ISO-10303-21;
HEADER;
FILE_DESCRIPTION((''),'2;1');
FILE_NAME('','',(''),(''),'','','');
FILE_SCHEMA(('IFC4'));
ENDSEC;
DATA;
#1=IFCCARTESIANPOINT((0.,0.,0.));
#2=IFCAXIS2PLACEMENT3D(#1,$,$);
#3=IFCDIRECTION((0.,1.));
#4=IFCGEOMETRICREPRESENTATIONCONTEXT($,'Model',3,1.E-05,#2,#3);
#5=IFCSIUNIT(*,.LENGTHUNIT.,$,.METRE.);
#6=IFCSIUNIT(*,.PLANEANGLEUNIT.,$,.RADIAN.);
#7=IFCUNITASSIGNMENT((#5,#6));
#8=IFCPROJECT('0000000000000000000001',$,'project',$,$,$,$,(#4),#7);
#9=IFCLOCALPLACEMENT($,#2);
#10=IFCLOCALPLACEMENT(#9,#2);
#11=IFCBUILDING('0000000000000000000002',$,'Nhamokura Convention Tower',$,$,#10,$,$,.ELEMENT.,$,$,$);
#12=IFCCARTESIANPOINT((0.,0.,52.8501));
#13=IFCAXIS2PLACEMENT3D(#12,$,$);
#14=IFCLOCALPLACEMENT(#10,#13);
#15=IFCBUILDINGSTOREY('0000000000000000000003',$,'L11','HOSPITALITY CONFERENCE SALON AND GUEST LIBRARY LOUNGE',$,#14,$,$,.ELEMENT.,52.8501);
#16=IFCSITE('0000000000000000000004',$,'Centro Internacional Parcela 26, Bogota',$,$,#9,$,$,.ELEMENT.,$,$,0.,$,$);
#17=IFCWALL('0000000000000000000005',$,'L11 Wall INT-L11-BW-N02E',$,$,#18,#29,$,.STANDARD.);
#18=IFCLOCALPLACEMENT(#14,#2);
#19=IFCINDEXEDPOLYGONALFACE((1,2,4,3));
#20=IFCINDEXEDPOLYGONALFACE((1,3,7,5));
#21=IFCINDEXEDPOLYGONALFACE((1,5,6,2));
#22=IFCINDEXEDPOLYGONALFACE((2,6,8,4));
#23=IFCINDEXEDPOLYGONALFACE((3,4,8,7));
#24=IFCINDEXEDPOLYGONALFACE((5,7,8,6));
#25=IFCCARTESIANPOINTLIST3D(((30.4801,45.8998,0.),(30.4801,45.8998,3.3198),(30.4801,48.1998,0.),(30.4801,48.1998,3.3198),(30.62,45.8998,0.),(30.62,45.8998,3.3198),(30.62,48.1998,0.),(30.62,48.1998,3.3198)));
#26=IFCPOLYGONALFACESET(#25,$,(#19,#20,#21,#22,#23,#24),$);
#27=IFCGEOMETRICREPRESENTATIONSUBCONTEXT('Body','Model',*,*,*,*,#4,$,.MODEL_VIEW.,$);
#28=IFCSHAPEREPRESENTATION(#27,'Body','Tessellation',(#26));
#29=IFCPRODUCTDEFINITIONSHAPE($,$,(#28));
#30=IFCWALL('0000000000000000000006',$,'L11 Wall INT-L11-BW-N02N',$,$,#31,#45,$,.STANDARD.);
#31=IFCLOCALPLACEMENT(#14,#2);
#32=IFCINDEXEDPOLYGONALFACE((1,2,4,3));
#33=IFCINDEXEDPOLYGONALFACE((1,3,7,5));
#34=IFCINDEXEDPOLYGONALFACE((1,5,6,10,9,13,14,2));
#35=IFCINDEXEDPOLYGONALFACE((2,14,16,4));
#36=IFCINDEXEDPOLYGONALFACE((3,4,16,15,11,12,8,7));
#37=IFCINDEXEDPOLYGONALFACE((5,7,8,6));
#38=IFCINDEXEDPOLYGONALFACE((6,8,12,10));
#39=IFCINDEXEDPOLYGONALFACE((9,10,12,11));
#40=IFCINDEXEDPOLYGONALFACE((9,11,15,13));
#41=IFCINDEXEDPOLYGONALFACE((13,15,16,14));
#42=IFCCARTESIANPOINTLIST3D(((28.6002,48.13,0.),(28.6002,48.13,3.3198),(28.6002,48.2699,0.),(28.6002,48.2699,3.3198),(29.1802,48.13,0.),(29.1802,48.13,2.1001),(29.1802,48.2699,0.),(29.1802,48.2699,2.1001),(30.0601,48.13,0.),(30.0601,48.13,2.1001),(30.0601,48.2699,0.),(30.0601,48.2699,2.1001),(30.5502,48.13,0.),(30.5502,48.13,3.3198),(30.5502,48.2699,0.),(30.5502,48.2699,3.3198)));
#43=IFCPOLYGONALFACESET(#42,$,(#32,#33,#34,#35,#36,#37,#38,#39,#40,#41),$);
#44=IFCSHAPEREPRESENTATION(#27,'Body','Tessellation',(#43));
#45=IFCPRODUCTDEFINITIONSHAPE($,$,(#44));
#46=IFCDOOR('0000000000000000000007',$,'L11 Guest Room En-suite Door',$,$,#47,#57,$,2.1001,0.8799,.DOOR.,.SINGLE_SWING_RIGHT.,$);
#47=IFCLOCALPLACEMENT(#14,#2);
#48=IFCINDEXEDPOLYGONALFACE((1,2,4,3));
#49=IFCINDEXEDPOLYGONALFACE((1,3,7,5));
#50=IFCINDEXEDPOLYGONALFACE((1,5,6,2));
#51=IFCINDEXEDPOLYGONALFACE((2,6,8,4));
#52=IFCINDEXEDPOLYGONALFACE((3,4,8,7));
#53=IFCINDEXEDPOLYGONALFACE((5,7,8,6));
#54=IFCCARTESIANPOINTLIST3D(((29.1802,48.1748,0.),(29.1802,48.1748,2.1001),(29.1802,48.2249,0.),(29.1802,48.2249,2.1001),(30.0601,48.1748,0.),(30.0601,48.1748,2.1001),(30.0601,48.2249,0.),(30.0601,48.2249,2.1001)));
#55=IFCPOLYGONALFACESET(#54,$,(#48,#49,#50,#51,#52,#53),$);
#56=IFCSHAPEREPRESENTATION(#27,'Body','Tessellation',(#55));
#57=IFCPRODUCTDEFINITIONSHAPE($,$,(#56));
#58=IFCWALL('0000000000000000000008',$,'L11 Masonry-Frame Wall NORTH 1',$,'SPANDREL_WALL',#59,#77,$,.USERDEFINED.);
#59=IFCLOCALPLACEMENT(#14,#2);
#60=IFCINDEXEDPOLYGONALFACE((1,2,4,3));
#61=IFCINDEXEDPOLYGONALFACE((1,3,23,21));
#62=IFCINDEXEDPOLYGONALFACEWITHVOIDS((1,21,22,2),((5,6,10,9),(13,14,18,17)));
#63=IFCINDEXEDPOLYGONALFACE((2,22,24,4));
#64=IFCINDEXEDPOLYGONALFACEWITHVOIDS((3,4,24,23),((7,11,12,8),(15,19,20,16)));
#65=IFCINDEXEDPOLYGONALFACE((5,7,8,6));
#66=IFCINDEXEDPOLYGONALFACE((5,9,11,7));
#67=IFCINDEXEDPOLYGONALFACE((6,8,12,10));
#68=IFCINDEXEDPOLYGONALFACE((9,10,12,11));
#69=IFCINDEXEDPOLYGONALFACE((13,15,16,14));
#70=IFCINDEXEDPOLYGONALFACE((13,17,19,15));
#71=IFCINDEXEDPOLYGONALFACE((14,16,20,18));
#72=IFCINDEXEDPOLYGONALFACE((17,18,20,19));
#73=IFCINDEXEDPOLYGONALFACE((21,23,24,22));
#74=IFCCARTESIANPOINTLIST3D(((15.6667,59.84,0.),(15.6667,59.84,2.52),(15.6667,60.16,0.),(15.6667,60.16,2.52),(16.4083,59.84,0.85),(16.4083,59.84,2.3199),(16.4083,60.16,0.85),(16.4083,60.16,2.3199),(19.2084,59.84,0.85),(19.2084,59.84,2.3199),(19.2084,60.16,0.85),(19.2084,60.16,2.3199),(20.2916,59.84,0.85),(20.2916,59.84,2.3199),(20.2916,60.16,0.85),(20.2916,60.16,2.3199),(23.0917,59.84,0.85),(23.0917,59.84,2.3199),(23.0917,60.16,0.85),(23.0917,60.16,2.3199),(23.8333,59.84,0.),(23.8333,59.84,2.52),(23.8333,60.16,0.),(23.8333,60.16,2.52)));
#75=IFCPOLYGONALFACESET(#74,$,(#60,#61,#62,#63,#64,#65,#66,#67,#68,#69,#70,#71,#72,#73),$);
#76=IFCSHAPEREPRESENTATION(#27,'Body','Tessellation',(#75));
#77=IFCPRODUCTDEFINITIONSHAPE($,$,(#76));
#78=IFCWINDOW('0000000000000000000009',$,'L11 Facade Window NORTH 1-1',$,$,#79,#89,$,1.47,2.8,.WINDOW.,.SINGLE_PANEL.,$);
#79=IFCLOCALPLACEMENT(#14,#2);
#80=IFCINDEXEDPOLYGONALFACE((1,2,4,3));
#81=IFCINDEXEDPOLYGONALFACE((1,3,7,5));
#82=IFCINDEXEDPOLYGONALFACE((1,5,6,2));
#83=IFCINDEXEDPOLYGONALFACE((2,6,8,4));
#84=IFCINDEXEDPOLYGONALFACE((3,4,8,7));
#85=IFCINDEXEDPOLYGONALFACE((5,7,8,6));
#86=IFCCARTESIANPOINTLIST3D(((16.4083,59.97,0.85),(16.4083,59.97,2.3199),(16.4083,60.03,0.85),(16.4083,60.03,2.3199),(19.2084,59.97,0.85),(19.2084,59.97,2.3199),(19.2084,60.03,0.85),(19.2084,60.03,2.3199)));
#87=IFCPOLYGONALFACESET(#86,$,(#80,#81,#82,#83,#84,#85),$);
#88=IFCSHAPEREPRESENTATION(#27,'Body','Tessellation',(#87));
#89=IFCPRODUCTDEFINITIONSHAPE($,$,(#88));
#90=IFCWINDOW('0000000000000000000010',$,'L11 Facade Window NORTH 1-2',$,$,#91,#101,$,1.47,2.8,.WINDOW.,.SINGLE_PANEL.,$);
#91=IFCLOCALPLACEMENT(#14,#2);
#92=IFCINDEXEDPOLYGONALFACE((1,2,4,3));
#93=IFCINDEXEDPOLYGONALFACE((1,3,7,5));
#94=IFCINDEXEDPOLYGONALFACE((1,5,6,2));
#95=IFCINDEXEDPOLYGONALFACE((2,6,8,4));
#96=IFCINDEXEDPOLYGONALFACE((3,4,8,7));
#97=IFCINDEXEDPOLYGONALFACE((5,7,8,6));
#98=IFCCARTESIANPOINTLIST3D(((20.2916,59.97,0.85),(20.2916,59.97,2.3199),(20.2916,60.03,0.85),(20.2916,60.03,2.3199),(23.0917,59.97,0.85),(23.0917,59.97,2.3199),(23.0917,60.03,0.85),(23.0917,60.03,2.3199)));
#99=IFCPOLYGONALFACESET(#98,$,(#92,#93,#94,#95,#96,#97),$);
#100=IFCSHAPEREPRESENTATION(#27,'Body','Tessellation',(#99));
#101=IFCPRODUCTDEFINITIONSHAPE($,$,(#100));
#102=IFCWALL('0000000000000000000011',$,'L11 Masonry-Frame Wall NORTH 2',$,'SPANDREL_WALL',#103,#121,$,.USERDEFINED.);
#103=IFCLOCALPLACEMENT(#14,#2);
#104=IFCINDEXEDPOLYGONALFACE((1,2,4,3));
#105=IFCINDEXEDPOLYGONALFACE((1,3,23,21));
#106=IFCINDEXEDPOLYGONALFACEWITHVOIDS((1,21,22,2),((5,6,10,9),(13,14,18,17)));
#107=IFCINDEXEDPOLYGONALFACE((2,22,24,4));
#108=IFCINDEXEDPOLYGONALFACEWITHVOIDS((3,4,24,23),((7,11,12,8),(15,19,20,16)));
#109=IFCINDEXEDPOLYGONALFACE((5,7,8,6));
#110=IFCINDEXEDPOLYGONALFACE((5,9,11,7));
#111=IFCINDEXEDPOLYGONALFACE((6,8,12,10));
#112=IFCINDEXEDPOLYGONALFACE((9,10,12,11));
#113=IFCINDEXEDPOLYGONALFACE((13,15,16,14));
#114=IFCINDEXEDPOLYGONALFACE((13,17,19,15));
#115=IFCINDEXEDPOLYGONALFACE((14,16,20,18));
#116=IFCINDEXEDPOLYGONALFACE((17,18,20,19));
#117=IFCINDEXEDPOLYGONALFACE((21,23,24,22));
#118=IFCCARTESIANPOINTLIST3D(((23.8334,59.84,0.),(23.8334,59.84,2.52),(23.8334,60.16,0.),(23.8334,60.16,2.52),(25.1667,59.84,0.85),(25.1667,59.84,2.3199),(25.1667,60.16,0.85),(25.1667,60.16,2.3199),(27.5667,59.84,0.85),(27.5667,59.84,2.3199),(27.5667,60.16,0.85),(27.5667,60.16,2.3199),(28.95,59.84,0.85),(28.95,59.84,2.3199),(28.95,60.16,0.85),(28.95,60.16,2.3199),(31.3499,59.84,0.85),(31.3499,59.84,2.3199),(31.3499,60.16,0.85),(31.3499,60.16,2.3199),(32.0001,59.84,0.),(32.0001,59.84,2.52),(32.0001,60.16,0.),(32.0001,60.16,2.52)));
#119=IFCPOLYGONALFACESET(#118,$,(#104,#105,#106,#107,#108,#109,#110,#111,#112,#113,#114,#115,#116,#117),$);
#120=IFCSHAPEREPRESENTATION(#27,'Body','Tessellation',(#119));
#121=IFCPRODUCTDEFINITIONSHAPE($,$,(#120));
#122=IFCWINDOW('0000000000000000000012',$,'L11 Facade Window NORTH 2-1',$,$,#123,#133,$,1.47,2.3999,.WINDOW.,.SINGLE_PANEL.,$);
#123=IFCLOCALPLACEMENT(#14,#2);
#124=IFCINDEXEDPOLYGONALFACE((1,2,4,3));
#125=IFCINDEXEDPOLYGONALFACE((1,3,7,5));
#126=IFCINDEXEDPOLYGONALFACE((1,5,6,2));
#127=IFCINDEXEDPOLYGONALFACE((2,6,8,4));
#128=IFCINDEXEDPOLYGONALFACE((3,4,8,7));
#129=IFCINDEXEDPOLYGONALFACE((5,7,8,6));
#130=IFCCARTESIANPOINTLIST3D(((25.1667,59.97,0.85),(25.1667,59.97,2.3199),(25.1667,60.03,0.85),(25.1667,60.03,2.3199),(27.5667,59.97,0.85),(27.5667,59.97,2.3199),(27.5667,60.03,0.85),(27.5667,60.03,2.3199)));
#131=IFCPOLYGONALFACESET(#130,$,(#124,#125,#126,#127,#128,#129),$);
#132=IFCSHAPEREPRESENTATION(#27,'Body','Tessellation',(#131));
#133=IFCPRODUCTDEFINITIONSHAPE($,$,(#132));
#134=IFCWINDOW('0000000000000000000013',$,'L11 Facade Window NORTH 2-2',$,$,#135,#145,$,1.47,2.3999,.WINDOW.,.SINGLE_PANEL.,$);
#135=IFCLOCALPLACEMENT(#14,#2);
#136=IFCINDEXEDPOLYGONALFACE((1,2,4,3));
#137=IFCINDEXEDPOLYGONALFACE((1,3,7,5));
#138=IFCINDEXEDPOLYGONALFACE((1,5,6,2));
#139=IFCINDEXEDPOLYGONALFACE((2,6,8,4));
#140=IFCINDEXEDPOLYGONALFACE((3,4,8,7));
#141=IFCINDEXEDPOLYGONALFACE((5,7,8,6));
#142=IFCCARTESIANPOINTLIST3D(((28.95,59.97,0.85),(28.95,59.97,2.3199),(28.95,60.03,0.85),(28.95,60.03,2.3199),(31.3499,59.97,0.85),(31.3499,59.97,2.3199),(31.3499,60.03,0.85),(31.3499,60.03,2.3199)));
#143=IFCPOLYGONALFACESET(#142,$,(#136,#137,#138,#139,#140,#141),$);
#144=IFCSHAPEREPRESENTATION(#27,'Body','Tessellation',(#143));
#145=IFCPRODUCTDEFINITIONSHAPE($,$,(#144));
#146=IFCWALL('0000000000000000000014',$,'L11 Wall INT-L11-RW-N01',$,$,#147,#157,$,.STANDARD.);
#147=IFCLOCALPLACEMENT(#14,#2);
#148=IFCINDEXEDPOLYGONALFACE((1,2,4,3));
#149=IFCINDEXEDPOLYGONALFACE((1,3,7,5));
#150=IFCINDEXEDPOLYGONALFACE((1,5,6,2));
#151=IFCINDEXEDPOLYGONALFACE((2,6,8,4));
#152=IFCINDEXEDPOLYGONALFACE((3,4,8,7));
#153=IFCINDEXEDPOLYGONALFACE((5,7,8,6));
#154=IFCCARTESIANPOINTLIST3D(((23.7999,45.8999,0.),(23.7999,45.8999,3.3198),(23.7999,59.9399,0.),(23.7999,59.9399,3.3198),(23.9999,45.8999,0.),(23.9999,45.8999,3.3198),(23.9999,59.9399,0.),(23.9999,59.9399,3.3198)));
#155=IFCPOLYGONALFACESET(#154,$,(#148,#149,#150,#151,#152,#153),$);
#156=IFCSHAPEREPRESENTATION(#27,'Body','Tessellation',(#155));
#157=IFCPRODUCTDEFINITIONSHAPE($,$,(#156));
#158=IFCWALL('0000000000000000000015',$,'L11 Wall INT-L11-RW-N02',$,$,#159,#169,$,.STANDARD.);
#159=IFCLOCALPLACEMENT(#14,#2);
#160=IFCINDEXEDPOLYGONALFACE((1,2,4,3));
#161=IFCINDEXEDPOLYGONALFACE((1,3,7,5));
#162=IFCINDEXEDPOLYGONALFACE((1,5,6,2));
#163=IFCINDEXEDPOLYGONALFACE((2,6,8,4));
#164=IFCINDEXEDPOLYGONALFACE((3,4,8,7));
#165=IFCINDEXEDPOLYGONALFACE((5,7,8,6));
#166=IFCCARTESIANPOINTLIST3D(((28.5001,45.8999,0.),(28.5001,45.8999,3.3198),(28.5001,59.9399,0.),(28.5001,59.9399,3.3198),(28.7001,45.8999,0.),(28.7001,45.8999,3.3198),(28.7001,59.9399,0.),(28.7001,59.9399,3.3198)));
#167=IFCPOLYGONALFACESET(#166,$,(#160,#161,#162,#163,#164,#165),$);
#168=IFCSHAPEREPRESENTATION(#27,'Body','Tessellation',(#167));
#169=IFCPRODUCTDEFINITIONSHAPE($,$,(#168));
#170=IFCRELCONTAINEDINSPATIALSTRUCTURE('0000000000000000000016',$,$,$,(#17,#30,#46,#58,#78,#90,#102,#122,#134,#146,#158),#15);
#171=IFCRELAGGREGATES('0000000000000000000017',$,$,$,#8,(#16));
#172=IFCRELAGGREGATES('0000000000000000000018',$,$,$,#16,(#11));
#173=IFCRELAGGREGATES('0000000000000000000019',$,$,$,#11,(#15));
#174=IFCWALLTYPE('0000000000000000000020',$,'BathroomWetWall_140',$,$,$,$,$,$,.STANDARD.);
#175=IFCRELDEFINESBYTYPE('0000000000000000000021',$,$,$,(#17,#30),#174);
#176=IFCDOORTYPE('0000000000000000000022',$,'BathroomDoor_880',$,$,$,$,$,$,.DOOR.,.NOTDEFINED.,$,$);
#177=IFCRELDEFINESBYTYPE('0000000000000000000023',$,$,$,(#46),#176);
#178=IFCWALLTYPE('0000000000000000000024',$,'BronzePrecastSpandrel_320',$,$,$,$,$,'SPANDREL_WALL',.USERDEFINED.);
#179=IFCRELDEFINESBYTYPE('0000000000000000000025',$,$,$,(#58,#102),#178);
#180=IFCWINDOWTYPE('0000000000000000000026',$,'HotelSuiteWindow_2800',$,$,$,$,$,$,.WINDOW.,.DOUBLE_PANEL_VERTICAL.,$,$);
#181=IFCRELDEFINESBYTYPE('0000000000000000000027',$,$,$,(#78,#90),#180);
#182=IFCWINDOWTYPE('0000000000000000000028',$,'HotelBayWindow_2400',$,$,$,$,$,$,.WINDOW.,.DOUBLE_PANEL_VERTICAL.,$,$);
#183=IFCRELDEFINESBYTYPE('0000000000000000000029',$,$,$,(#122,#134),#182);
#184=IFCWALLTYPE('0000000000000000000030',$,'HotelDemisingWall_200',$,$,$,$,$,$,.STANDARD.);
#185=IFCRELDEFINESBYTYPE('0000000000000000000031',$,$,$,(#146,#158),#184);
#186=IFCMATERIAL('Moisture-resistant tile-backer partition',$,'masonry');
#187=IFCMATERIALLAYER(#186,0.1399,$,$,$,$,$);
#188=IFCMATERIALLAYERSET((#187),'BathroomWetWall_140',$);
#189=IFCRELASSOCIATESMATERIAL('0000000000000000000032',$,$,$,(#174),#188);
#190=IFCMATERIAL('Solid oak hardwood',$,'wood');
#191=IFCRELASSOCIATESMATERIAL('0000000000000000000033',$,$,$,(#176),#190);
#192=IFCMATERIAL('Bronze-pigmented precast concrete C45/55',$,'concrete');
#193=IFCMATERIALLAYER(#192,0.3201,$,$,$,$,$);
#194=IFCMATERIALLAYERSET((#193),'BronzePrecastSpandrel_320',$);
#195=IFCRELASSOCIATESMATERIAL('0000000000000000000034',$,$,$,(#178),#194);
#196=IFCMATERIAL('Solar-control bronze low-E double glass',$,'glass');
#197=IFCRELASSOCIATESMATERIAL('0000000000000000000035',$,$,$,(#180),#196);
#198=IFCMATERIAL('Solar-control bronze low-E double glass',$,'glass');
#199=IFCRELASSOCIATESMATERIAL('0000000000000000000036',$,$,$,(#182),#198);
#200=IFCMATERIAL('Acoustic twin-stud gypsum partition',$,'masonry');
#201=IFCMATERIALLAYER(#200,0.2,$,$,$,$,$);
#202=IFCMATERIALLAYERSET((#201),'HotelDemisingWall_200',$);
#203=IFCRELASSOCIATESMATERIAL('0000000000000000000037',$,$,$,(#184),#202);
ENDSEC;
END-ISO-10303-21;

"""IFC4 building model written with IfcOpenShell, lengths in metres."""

from ifc_helpers import new_model, si_unit, direction, frame, frame_2d, origin, place, context, subcontext, project, spatial, rectangle, extrude, material, layer, layer_set, type_object, element, fill, save


model = new_model("IFC4")

# Units and contexts
model_context = context("Model", 3, precision=1e-05, world=origin(), true_north=direction((0.0, 1.0)))
body_context = subcontext(model_context, "Body", "Model", "MODEL_VIEW")
ifc_project = project(units=[si_unit("LENGTHUNIT", "METRE"), si_unit("PLANEANGLEUNIT", "RADIAN")], contexts=[model_context])

# Site, building, storey
site_placement = place(None, origin())
site = spatial("IfcSite", under=ifc_project, at=site_placement, Name="Centro Internacional Parcela 26, Bogota", CompositionType="ELEMENT", RefElevation=0.0)
building_placement = place(site_placement, origin())
building = spatial("IfcBuilding", under=site, at=building_placement, Name="Nhamokura Convention Tower", CompositionType="ELEMENT")
storey_placement = place(building_placement, frame((0.0, 0.0, 52.8501)))
storey = spatial("IfcBuildingStorey", under=building, at=storey_placement, Name="L11", Description="HOSPITALITY CONFERENCE SALON AND GUEST LIBRARY LOUNGE", CompositionType="ELEMENT", Elevation=52.8501)

# Shared definitions
ifc_material_1 = material(Name="Moisture-resistant tile-backer partition", Category="masonry")
ifc_layer_1 = layer(ifc_material_1, 0.1399)
ifc_layer_set_1 = layer_set([ifc_layer_1], Name="BathroomWetWall_140")
wall_type_1 = type_object("IfcWallType", Name="BathroomWetWall_140", PredefinedType="STANDARD", material=ifc_layer_set_1)

# Shared definitions
ifc_material_2 = material(Name="Solid oak hardwood", Category="wood")
door_type_1 = type_object("IfcDoorType", Name="BathroomDoor_880", OperationType="NOTDEFINED", PredefinedType="DOOR", material=ifc_material_2)

# Wall
wall_1_placement = place(storey_placement, frame((30.55, 45.8999, 0.0), z_axis=(0.0, 0.0, 1.0), x_axis=(0.0, 1.0, 0.0)))
element("IfcWall", 1, at=wall_1_placement, inside=storey, type_object=wall_type_1, Name="L11 Wall INT-L11-BW-N02E", PredefinedType="STANDARD", context=body_context, shape_type="SweptSolid", body=[
    extrude(rectangle(XDim=2.3, YDim=0.1399, at=frame_2d((1.1499, 0.0))), origin(), (0.0, 0.0, 1.0), 3.3198),
])

# Wall, opening, door
wall_2_placement = place(storey_placement, frame((28.6001, 48.2, 0.0), z_axis=(0.0, 0.0, 1.0), x_axis=(1.0, 0.0, 0.0)))
wall_2 = element("IfcWall", 2, at=wall_2_placement, inside=storey, type_object=wall_type_1, Name="L11 Wall INT-L11-BW-N02N", PredefinedType="STANDARD", context=body_context, shape_type="SweptSolid", body=[
    extrude(rectangle(XDim=1.95, YDim=0.1399, at=frame_2d((0.9751, 0.0))), origin(), (0.0, 0.0, 1.0), 3.3198),
])
opening_1_placement = place(wall_2_placement, frame((0.5801, 0.0, 0.0)))
opening_1 = element("IfcOpeningElement", 3, at=opening_1_placement, cuts=wall_2, PredefinedType="OPENING", context=body_context, shape_type="SweptSolid", body=[
    extrude(rectangle(XDim=0.8799, YDim=2.1001, at=frame_2d((0.4399, 1.05))), frame((0.0, 0.0798, 0.0), z_axis=(0.0, -1.0, 0.0), x_axis=(1.0, 0.0, 0.0)), (0.0, 0.0, 1.0), 0.1599),
])
door_1_placement = place(opening_1_placement, origin())
door_1 = element("IfcDoor", 4, at=door_1_placement, inside=storey, type_object=door_type_1, Name="L11 Guest Room En-suite Door", OperationType="SINGLE_SWING_RIGHT", OverallHeight=2.1001, OverallWidth=0.8799, PredefinedType="DOOR", context=body_context, shape_type="SweptSolid", body=[
    extrude(rectangle(XDim=0.8799, YDim=2.1001, at=frame_2d((0.4399, 1.05))), frame((0.0, 0.0249, 0.0), z_axis=(0.0, -1.0, 0.0), x_axis=(1.0, 0.0, 0.0)), (0.0, 0.0, 1.0), 0.05),
])
fill(opening_1, door_1)

# Walls, openings, windows
ifc_material_3 = material(Name="Bronze-pigmented precast concrete C45/55", Category="concrete")
ifc_layer_2 = layer(ifc_material_3, 0.3201)
ifc_layer_set_2 = layer_set([ifc_layer_2], Name="BronzePrecastSpandrel_320")
wall_type_2 = type_object("IfcWallType", Name="BronzePrecastSpandrel_320", ElementType="SPANDREL_WALL", PredefinedType="USERDEFINED", material=ifc_layer_set_2)
wall_3_placement = place(storey_placement, frame((15.6667, 60.0, 0.0), z_axis=(0.0, 0.0, 1.0), x_axis=(1.0, 0.0, 0.0)))
wall_3 = element("IfcWall", 5, at=wall_3_placement, inside=storey, type_object=wall_type_2, Name="L11 Masonry-Frame Wall NORTH 1", ObjectType="SPANDREL_WALL", PredefinedType="USERDEFINED", context=body_context, shape_type="SweptSolid", body=[
    extrude(rectangle(XDim=8.1665, YDim=0.3201, at=frame_2d((4.0833, 0.0))), origin(), (0.0, 0.0, 1.0), 2.52),
])
opening_2_placement = place(wall_3_placement, frame((0.7417, 0.0, 0.8501)))
opening_2 = element("IfcOpeningElement", 6, at=opening_2_placement, cuts=wall_3, PredefinedType="OPENING", context=body_context, shape_type="SweptSolid", body=[
    extrude(rectangle(XDim=2.8, YDim=1.47, at=frame_2d((1.3999, 0.7349))), frame((0.0, 0.1699, 0.0), z_axis=(0.0, -1.0, 0.0), x_axis=(1.0, 0.0, 0.0)), (0.0, 0.0, 1.0), 0.3401),
])
opening_3_placement = place(wall_3_placement, frame((4.625, 0.0, 0.8501)))
opening_3 = element("IfcOpeningElement", 7, at=opening_3_placement, cuts=wall_3, PredefinedType="OPENING", context=body_context, shape_type="SweptSolid", body=[
    extrude(rectangle(XDim=2.8, YDim=1.47, at=frame_2d((1.3999, 0.7349))), frame((0.0, 0.1699, 0.0), z_axis=(0.0, -1.0, 0.0), x_axis=(1.0, 0.0, 0.0)), (0.0, 0.0, 1.0), 0.3401),
])
ifc_material_4 = material(Name="Solar-control bronze low-E double glass", Category="glass")
window_type_1 = type_object("IfcWindowType", Name="HotelSuiteWindow_2800", PartitioningType="DOUBLE_PANEL_VERTICAL", PredefinedType="WINDOW", material=ifc_material_4)
window_1_placement = place(opening_2_placement, origin())
window_1 = element("IfcWindow", 8, at=window_1_placement, inside=storey, type_object=window_type_1, Name="L11 Facade Window NORTH 1-1", OverallHeight=1.47, OverallWidth=2.8, PartitioningType="SINGLE_PANEL", PredefinedType="WINDOW", context=body_context, shape_type="SweptSolid", body=[
    extrude(rectangle(XDim=2.8, YDim=1.47, at=frame_2d((1.3999, 0.7349))), frame((0.0, 0.03, 0.0), z_axis=(0.0, -1.0, 0.0), x_axis=(1.0, 0.0, 0.0)), (0.0, 0.0, 1.0), 0.0601),
])
fill(opening_2, window_1)
window_2_placement = place(opening_3_placement, origin())
window_2 = element("IfcWindow", 9, at=window_2_placement, inside=storey, type_object=window_type_1, Name="L11 Facade Window NORTH 1-2", OverallHeight=1.47, OverallWidth=2.8, PartitioningType="SINGLE_PANEL", PredefinedType="WINDOW", context=body_context, shape_type="SweptSolid", body=[
    extrude(rectangle(XDim=2.8, YDim=1.47, at=frame_2d((1.3999, 0.7349))), frame((0.0, 0.03, 0.0), z_axis=(0.0, -1.0, 0.0), x_axis=(1.0, 0.0, 0.0)), (0.0, 0.0, 1.0), 0.0601),
])
fill(opening_3, window_2)
wall_4_placement = place(storey_placement, frame((23.8333, 60.0, 0.0), z_axis=(0.0, 0.0, 1.0), x_axis=(1.0, 0.0, 0.0)))
wall_4 = element("IfcWall", 10, at=wall_4_placement, inside=storey, type_object=wall_type_2, Name="L11 Masonry-Frame Wall NORTH 2", ObjectType="SPANDREL_WALL", PredefinedType="USERDEFINED", context=body_context, shape_type="SweptSolid", body=[
    extrude(rectangle(XDim=8.1667, YDim=0.3201, at=frame_2d((4.0835, 0.0))), origin(), (0.0, 0.0, 1.0), 2.52),
])
opening_4_placement = place(wall_4_placement, frame((1.3335, 0.0, 0.8501)))
opening_4 = element("IfcOpeningElement", 11, at=opening_4_placement, cuts=wall_4, PredefinedType="OPENING", context=body_context, shape_type="SweptSolid", body=[
    extrude(rectangle(XDim=2.3999, YDim=1.47, at=frame_2d((1.2, 0.7349))), frame((0.0, 0.1699, 0.0), z_axis=(0.0, -1.0, 0.0), x_axis=(1.0, 0.0, 0.0)), (0.0, 0.0, 1.0), 0.3401),
])
opening_5_placement = place(wall_4_placement, frame((5.1167, 0.0, 0.8501)))
opening_5 = element("IfcOpeningElement", 12, at=opening_5_placement, cuts=wall_4, PredefinedType="OPENING", context=body_context, shape_type="SweptSolid", body=[
    extrude(rectangle(XDim=2.3999, YDim=1.47, at=frame_2d((1.2, 0.7349))), frame((0.0, 0.1699, 0.0), z_axis=(0.0, -1.0, 0.0), x_axis=(1.0, 0.0, 0.0)), (0.0, 0.0, 1.0), 0.3401),
])
ifc_material_5 = material(Name="Solar-control bronze low-E double glass", Category="glass")
window_type_2 = type_object("IfcWindowType", Name="HotelBayWindow_2400", PartitioningType="DOUBLE_PANEL_VERTICAL", PredefinedType="WINDOW", material=ifc_material_5)
window_3_placement = place(opening_4_placement, origin())
window_3 = element("IfcWindow", 13, at=window_3_placement, inside=storey, type_object=window_type_2, Name="L11 Facade Window NORTH 2-1", OverallHeight=1.47, OverallWidth=2.3999, PartitioningType="SINGLE_PANEL", PredefinedType="WINDOW", context=body_context, shape_type="SweptSolid", body=[
    extrude(rectangle(XDim=2.3999, YDim=1.47, at=frame_2d((1.2, 0.7349))), frame((0.0, 0.03, 0.0), z_axis=(0.0, -1.0, 0.0), x_axis=(1.0, 0.0, 0.0)), (0.0, 0.0, 1.0), 0.0601),
])
fill(opening_4, window_3)
window_4_placement = place(opening_5_placement, origin())
window_4 = element("IfcWindow", 14, at=window_4_placement, inside=storey, type_object=window_type_2, Name="L11 Facade Window NORTH 2-2", OverallHeight=1.47, OverallWidth=2.3999, PartitioningType="SINGLE_PANEL", PredefinedType="WINDOW", context=body_context, shape_type="SweptSolid", body=[
    extrude(rectangle(XDim=2.3999, YDim=1.47, at=frame_2d((1.2, 0.7349))), frame((0.0, 0.03, 0.0), z_axis=(0.0, -1.0, 0.0), x_axis=(1.0, 0.0, 0.0)), (0.0, 0.0, 1.0), 0.0601),
])
fill(opening_5, window_4)

# Walls
ifc_material_6 = material(Name="Acoustic twin-stud gypsum partition", Category="masonry")
ifc_layer_3 = layer(ifc_material_6, 0.2)
ifc_layer_set_3 = layer_set([ifc_layer_3], Name="HotelDemisingWall_200")
wall_type_3 = type_object("IfcWallType", Name="HotelDemisingWall_200", PredefinedType="STANDARD", material=ifc_layer_set_3)
for number, where, z_axis, x_axis, name in (
    (15, (23.8999, 45.8999, 0.0), (0.0, 0.0, 1.0), (0.0, 1.0, 0.0), "L11 Wall INT-L11-RW-N01"),
    (16, (28.6001, 45.8999, 0.0), (0.0, 0.0, 1.0), (0.0, 1.0, 0.0), "L11 Wall INT-L11-RW-N02"),
):
    element("IfcWall", number, at=place(storey_placement, frame(where, z_axis=z_axis, x_axis=x_axis)), inside=storey, type_object=wall_type_3, Name=name, PredefinedType="STANDARD", context=body_context, shape_type="SweptSolid", body=[
        extrude(rectangle(XDim=14.04, YDim=0.2, at=frame_2d((7.02, 0.0))), origin(), (0.0, 0.0, 1.0), 3.3198),
    ])

save(model, "model.ifc")
